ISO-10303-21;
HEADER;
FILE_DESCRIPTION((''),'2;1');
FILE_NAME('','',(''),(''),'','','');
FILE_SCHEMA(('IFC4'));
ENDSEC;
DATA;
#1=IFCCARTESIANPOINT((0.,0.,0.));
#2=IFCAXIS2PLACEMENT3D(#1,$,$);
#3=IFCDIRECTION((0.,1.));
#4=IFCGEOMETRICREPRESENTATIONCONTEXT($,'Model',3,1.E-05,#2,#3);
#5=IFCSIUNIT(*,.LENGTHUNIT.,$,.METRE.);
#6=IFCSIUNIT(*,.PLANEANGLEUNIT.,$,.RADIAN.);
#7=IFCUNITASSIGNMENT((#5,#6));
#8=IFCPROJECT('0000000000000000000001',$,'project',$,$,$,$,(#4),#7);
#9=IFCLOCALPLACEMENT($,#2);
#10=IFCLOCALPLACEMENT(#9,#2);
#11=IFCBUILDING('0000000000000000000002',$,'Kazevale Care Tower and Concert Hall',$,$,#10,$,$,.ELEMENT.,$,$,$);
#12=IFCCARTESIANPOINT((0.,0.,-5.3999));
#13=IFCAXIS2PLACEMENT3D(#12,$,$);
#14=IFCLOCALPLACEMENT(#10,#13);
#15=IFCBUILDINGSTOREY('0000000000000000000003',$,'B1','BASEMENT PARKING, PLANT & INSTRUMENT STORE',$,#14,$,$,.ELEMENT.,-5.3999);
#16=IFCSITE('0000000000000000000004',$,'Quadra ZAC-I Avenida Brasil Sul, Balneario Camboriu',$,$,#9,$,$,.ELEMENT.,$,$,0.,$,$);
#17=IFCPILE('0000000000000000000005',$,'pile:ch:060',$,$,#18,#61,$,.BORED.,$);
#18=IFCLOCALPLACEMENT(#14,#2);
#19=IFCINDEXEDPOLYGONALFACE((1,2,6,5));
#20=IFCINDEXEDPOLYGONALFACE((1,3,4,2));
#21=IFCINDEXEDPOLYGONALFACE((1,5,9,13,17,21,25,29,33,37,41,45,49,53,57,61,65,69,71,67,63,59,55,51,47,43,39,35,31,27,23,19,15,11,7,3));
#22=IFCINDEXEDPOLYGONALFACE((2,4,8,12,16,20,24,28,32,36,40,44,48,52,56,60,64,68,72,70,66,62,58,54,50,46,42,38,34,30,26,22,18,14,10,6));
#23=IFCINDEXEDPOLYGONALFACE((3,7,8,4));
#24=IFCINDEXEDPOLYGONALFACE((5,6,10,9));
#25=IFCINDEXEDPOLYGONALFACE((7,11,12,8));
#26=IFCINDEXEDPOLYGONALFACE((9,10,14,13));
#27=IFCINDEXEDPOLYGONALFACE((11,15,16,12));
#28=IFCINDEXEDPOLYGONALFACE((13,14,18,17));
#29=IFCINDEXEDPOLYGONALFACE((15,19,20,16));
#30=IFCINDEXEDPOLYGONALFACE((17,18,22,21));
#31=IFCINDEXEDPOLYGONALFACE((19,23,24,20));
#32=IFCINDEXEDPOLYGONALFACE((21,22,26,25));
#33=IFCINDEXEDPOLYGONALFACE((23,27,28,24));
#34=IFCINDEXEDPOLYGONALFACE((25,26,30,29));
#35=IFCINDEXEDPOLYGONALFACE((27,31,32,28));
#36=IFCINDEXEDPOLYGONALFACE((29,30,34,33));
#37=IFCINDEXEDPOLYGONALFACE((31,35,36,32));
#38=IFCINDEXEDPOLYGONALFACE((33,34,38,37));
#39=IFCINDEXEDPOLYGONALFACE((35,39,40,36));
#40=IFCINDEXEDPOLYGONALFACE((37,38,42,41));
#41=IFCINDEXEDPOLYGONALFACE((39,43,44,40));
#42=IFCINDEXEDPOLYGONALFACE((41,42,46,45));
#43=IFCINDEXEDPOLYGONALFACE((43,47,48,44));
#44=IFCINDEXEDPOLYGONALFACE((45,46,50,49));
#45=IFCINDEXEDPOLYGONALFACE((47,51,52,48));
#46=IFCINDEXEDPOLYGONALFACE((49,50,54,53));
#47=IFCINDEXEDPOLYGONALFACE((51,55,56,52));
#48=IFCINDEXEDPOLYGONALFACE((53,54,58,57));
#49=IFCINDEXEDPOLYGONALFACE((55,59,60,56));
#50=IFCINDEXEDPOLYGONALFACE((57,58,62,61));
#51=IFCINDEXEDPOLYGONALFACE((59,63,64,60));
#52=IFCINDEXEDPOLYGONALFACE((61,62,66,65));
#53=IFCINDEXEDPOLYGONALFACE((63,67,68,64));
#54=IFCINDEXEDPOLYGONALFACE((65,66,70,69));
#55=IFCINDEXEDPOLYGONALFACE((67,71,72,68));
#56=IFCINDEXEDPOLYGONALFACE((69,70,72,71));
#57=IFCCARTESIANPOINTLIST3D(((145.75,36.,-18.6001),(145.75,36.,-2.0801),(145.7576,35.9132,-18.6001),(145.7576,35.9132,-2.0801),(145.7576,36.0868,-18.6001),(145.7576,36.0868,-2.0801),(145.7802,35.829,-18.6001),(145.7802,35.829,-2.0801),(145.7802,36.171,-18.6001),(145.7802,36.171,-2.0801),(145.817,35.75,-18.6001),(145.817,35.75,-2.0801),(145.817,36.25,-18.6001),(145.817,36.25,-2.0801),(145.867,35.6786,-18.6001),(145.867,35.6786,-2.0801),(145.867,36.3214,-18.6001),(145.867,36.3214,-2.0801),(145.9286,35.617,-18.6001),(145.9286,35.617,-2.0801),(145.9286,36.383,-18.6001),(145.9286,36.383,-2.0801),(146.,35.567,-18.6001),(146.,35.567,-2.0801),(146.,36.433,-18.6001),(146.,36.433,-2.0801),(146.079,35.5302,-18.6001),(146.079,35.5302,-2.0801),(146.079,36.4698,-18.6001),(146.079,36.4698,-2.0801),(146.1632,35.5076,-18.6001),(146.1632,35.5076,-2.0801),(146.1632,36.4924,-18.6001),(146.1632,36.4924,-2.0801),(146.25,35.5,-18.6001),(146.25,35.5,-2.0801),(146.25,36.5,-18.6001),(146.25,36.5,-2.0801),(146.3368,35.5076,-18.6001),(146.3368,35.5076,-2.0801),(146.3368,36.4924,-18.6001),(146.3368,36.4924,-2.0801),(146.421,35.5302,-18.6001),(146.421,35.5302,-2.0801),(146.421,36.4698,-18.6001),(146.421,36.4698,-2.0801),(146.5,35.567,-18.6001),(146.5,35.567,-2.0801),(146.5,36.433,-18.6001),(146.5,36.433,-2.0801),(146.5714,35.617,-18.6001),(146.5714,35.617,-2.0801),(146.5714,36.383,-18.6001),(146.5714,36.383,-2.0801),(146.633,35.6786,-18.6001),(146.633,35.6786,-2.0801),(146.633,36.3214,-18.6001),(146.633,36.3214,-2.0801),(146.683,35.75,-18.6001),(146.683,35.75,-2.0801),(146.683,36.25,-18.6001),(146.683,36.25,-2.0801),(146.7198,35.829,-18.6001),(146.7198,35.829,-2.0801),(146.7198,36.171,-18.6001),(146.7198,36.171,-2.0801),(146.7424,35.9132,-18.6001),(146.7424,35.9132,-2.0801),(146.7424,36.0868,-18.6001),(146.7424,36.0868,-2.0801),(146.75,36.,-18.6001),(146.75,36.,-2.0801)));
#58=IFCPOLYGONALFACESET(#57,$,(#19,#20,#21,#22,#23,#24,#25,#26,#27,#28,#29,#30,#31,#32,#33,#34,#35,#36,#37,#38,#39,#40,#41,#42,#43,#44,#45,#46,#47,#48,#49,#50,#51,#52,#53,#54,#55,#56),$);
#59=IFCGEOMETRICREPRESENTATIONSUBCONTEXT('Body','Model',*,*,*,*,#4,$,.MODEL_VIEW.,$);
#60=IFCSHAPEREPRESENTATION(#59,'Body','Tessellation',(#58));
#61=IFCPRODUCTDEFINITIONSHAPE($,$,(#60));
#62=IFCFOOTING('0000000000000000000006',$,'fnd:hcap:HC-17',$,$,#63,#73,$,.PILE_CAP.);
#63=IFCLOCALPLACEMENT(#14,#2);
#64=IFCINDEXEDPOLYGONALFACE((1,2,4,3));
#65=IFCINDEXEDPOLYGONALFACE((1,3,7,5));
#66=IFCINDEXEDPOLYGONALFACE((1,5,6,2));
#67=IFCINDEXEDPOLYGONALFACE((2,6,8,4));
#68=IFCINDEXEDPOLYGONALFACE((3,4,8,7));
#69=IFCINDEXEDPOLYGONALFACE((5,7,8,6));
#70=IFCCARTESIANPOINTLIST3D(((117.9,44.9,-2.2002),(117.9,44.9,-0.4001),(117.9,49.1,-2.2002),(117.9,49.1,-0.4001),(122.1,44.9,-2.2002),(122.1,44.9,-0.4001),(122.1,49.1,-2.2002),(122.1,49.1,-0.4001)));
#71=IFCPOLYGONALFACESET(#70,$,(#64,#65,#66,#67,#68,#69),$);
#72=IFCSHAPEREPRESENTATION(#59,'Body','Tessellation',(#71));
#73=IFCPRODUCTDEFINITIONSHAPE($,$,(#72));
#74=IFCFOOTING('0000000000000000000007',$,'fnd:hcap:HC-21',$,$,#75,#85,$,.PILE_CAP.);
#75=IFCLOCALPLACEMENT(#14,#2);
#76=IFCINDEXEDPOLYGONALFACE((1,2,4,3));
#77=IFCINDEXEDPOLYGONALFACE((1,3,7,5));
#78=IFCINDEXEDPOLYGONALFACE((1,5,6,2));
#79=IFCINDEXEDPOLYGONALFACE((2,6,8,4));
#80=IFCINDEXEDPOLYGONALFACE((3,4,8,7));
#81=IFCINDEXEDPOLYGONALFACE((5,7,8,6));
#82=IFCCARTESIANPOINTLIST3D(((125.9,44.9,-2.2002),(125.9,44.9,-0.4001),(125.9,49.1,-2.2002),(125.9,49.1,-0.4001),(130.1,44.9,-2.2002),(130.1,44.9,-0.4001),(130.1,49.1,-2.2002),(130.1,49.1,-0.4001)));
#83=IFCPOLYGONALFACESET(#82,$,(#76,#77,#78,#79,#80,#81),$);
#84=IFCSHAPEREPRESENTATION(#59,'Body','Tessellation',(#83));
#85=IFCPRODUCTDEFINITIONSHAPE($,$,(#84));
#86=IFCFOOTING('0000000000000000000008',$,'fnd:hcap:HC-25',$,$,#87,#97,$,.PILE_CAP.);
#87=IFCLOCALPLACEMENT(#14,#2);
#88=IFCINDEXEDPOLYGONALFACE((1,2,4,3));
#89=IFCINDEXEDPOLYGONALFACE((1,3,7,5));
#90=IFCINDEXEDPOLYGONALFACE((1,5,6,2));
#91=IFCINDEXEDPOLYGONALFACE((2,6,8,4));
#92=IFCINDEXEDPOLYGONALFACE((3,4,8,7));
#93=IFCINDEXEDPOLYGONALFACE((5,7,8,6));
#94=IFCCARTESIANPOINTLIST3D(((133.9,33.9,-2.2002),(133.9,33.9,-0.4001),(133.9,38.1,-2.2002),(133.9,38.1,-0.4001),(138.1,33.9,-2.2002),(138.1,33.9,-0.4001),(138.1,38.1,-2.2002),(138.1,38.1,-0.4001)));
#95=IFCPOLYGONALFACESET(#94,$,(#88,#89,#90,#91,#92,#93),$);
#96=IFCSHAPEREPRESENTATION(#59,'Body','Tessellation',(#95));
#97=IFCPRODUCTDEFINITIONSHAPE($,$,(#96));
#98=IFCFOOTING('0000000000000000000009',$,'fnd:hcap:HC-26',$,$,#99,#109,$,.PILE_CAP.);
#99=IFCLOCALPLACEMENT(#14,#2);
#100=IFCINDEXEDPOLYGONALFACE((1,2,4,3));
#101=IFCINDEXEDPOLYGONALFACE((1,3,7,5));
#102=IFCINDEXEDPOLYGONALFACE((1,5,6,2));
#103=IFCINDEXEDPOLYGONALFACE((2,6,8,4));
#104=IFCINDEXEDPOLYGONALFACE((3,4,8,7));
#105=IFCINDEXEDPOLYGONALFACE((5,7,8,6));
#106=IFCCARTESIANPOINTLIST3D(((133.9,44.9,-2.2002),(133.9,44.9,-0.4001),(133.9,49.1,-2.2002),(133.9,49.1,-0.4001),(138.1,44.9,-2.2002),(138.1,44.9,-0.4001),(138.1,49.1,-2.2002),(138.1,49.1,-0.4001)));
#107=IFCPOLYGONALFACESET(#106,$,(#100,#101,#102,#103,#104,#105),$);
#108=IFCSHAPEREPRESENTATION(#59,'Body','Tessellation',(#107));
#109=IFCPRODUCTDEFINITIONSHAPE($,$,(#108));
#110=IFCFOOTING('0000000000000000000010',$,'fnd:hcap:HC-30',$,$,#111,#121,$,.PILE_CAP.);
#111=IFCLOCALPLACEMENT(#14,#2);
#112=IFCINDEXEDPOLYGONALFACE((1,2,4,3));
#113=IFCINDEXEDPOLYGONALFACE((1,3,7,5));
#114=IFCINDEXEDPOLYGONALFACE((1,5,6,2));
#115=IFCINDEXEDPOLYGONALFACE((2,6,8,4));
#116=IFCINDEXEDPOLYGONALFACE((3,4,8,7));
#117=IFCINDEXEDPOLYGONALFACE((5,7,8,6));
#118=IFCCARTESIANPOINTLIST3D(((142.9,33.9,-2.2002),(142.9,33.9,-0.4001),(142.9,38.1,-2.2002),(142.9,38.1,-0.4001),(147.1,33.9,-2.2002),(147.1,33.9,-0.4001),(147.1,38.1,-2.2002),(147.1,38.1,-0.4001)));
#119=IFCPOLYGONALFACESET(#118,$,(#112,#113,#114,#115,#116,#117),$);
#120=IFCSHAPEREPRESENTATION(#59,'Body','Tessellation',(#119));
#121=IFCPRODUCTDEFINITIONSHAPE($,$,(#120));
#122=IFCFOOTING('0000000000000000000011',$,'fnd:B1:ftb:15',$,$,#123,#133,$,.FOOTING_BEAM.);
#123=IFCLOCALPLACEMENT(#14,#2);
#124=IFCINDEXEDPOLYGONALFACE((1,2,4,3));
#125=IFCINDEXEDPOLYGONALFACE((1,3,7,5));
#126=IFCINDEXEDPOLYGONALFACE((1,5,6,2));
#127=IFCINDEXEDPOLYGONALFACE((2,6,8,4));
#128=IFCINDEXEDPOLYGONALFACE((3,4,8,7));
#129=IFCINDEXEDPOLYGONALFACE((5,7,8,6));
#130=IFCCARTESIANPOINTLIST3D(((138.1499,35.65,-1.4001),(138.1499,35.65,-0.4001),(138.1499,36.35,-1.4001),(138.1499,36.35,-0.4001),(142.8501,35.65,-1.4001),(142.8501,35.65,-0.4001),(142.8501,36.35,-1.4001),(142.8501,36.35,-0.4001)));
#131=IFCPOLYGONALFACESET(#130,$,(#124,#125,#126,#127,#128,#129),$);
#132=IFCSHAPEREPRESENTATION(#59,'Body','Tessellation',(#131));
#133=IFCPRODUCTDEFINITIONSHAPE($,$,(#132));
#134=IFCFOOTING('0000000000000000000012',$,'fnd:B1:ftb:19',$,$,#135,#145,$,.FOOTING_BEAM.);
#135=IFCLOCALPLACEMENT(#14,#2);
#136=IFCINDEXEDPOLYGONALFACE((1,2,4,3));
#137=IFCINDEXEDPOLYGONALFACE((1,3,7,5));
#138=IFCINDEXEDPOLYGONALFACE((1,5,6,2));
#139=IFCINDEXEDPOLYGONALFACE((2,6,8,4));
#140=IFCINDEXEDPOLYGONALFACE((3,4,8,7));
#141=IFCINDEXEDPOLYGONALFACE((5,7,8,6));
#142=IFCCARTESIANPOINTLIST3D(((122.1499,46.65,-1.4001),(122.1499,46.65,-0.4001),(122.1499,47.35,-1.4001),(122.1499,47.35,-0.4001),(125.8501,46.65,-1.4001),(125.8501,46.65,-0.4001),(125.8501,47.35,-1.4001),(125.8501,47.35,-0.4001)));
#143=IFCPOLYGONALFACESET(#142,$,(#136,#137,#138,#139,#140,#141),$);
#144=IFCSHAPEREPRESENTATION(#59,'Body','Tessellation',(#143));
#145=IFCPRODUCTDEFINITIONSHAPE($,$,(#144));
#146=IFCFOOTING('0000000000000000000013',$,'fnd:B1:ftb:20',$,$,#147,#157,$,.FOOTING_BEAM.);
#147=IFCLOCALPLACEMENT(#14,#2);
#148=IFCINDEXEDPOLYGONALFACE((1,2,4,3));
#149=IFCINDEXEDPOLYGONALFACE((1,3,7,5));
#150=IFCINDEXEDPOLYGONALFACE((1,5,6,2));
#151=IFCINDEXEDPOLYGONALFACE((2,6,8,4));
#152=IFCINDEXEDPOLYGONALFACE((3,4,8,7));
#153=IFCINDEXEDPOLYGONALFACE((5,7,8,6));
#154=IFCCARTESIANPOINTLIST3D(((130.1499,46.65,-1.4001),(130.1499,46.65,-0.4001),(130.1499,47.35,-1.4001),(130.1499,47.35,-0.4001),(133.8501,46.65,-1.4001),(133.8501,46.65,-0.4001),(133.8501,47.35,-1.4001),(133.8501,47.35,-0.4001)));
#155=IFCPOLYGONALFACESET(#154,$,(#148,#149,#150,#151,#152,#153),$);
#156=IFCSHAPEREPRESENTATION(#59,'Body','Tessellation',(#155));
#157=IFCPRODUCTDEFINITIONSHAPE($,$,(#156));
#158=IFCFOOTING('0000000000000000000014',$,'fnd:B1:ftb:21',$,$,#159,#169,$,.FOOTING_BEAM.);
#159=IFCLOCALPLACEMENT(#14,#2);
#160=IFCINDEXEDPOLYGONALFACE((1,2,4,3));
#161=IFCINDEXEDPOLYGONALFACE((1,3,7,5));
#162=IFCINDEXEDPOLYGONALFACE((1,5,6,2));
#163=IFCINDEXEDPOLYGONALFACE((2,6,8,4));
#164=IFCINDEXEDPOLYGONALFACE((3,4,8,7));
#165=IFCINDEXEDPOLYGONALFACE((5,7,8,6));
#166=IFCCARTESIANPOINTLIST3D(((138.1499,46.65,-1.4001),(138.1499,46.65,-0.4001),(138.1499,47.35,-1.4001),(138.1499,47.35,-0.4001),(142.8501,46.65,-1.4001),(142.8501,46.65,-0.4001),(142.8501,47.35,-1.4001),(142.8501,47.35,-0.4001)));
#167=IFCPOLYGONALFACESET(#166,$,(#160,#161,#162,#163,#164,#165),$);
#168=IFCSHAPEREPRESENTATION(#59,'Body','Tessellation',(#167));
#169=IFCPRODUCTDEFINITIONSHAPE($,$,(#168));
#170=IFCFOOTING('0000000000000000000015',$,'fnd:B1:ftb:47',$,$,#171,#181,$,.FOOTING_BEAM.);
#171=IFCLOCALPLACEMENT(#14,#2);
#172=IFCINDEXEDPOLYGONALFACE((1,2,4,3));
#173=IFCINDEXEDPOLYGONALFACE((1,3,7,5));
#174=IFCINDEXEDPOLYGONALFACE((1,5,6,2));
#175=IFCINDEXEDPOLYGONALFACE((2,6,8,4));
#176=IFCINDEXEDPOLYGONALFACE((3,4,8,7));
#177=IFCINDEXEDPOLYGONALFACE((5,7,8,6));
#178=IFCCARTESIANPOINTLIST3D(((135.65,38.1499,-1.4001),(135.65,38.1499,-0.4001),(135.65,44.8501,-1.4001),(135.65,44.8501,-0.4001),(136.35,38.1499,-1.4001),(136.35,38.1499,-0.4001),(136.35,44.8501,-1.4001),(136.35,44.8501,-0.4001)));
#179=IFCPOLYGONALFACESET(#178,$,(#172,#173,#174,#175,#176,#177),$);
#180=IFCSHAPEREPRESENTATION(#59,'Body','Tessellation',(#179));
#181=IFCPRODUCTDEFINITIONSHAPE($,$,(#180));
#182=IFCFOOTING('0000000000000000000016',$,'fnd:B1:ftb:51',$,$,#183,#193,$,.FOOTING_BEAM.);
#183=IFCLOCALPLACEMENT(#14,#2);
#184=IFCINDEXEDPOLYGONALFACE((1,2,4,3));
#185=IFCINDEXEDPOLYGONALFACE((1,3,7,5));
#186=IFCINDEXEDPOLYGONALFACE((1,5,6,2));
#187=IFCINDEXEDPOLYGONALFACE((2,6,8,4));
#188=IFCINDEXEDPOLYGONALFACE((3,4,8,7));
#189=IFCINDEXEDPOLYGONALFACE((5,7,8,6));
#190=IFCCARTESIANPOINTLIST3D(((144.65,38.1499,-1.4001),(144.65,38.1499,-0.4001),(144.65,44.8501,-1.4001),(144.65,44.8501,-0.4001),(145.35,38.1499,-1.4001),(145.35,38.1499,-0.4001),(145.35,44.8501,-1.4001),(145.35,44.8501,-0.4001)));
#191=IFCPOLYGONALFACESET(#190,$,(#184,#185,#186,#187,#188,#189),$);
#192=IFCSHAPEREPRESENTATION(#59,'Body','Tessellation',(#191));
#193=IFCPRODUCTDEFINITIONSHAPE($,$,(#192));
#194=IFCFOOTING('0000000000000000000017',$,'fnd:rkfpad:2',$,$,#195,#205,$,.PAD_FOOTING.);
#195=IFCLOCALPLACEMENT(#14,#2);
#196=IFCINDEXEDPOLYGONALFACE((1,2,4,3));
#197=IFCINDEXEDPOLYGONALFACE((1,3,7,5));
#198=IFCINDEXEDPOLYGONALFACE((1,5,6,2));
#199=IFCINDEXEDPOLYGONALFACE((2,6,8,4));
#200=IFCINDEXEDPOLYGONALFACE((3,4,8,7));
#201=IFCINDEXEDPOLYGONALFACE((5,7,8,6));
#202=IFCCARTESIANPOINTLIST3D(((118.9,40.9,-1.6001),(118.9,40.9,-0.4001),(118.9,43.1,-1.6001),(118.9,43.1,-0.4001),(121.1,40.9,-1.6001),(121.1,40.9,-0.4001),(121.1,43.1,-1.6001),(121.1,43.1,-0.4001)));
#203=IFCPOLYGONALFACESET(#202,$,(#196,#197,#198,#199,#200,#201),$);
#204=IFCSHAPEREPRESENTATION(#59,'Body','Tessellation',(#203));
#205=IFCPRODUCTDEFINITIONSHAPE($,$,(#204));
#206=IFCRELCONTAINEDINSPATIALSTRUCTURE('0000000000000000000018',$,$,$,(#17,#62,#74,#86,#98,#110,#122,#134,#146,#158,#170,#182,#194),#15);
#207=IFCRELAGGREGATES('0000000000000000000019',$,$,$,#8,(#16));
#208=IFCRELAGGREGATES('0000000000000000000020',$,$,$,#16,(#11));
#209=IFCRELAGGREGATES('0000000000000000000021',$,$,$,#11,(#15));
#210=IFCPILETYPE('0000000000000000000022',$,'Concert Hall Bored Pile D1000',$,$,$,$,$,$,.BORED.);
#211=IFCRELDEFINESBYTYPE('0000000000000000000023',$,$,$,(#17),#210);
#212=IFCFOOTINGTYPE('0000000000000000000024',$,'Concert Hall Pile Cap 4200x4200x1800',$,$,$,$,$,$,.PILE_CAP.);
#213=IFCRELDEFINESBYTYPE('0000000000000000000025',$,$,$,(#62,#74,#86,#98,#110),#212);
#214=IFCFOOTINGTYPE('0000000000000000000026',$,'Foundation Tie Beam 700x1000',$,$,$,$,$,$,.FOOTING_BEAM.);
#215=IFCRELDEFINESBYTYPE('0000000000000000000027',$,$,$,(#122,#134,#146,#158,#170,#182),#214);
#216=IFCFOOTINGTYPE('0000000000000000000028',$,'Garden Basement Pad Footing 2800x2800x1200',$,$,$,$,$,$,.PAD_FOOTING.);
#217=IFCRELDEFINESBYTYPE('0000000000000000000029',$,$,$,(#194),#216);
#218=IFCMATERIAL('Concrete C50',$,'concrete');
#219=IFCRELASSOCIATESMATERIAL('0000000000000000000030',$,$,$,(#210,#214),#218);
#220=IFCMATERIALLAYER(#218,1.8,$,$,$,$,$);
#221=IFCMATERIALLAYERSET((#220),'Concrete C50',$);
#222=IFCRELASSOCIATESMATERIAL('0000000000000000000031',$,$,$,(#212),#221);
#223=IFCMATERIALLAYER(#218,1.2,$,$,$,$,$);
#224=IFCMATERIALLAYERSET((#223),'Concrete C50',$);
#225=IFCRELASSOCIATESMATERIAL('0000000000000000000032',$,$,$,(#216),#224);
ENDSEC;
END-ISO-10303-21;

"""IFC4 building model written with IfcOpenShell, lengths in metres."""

from ifc_helpers import new_model, si_unit, direction, frame, frame_2d, origin, origin_2d, place, context, subcontext, project, spatial, rectangle, circle, extrude, material, layer, layer_set, material_profile, profile_set, type_object, element, save


model = new_model("IFC4")

# Units and contexts
model_context = context("Model", 3, precision=1e-05, world=origin(), true_north=direction((0.0, 1.0)))
body_context = subcontext(model_context, "Body", "Model", "MODEL_VIEW")
ifc_project = project(units=[si_unit("LENGTHUNIT", "METRE"), si_unit("PLANEANGLEUNIT", "RADIAN")], contexts=[model_context])

# Site, building, storey
site_placement = place(None, origin())
site = spatial("IfcSite", under=ifc_project, at=site_placement, Name="Quadra ZAC-I Avenida Brasil Sul, Balneario Camboriu", CompositionType="ELEMENT", RefElevation=0.0)
building_placement = place(site_placement, origin())
building = spatial("IfcBuilding", under=site, at=building_placement, Name="Kazevale Care Tower and Concert Hall", CompositionType="ELEMENT")
storey_placement = place(building_placement, frame((0.0, 0.0, -5.3999)))
storey = spatial("IfcBuildingStorey", under=building, at=storey_placement, Name="B1", Description="BASEMENT PARKING, PLANT & INSTRUMENT STORE", CompositionType="ELEMENT", Elevation=-5.3999)

# Pile
ifc_material_1 = material(Name="Concrete C50", Category="concrete")
ifc_material_profile_1 = material_profile(ifc_material_1, circle(Radius=0.5, at=origin_2d()), Name="PILE-D1000")
ifc_profile_set_1 = profile_set([ifc_material_profile_1], Name="Concrete C50")
pile_type = type_object("IfcPileType", Name="Concert Hall Bored Pile D1000", PredefinedType="BORED", material=ifc_profile_set_1)
for number, where, z_axis, x_axis, name in (
    (1, (146.25, 36.0, -2.0801), (0.0, 0.0, -1.0), (1.0, 0.0, 0.0), "pile:ch:060"),
):
    element("IfcPile", number, at=place(storey_placement, frame(where, z_axis=z_axis, x_axis=x_axis)), inside=storey, type_object=pile_type, Name=name, PredefinedType="BORED", context=body_context, shape_type="SweptSolid", body=[
        extrude(circle(Radius=0.5, at=origin_2d()), origin(), (0.0, 0.0, 1.0), 16.52),
    ])

# Footings
ifc_layer_1 = layer(ifc_material_1, 1.8)
ifc_layer_set_1 = layer_set([ifc_layer_1], Name="Concrete C50")
footing_type_1 = type_object("IfcFootingType", Name="Concert Hall Pile Cap 4200x4200x1800", PredefinedType="PILE_CAP", material=ifc_layer_set_1)
for number, where, z_axis, x_axis, name in (
    (2, (120.0, 47.0, -2.2002), (0.0, 0.0, 1.0), (1.0, 0.0, 0.0), "fnd:hcap:HC-17"),
    (3, (128.0, 47.0, -2.2002), (0.0, 0.0, 1.0), (1.0, 0.0, 0.0), "fnd:hcap:HC-21"),
    (4, (136.0, 36.0, -2.2002), (0.0, 0.0, 1.0), (1.0, 0.0, 0.0), "fnd:hcap:HC-25"),
    (5, (136.0, 47.0, -2.2002), (0.0, 0.0, 1.0), (1.0, 0.0, 0.0), "fnd:hcap:HC-26"),
    (6, (145.0, 36.0, -2.2002), (0.0, 0.0, 1.0), (1.0, 0.0, 0.0), "fnd:hcap:HC-30"),
):
    element("IfcFooting", number, at=place(storey_placement, frame(where, z_axis=z_axis, x_axis=x_axis)), inside=storey, type_object=footing_type_1, Name=name, PredefinedType="PILE_CAP", context=body_context, shape_type="SweptSolid", body=[
        extrude(rectangle(XDim=4.2, YDim=4.2, at=origin_2d()), origin(), (0.0, 0.0, 1.0), 1.8),
    ])
ifc_material_profile_2 = material_profile(ifc_material_1, rectangle(XDim=0.7, YDim=1.0, at=origin_2d()), Name="RC-GB700x1000")
ifc_profile_set_2 = profile_set([ifc_material_profile_2], Name="Concrete C50")
footing_type_2 = type_object("IfcFootingType", Name="Foundation Tie Beam 700x1000", PredefinedType="FOOTING_BEAM", material=ifc_profile_set_2)
footing_1_placement = place(storey_placement, frame((138.1499, 36.0, -1.4001), z_axis=(0.0, 0.0, 1.0), x_axis=(1.0, 0.0, 0.0)))
element("IfcFooting", 7, at=footing_1_placement, inside=storey, type_object=footing_type_2, Name="fnd:B1:ftb:15", PredefinedType="FOOTING_BEAM", context=body_context, shape_type="SweptSolid", body=[
    extrude(rectangle(XDim=4.7002, YDim=0.7, at=frame_2d((2.3501, 0.0))), origin(), (0.0, 0.0, 1.0), 1.0),
])
for number, where, z_axis, x_axis, name in (
    (8, (122.1499, 47.0, -1.4001), (0.0, 0.0, 1.0), (1.0, 0.0, 0.0), "fnd:B1:ftb:19"),
    (9, (130.1499, 47.0, -1.4001), (0.0, 0.0, 1.0), (1.0, 0.0, 0.0), "fnd:B1:ftb:20"),
):
    element("IfcFooting", number, at=place(storey_placement, frame(where, z_axis=z_axis, x_axis=x_axis)), inside=storey, type_object=footing_type_2, Name=name, PredefinedType="FOOTING_BEAM", context=body_context, shape_type="SweptSolid", body=[
        extrude(rectangle(XDim=3.7002, YDim=0.7, at=frame_2d((1.8501, 0.0))), origin(), (0.0, 0.0, 1.0), 1.0),
    ])
footing_2_placement = place(storey_placement, frame((138.1499, 47.0, -1.4001), z_axis=(0.0, 0.0, 1.0), x_axis=(1.0, 0.0, 0.0)))
element("IfcFooting", 10, at=footing_2_placement, inside=storey, type_object=footing_type_2, Name="fnd:B1:ftb:21", PredefinedType="FOOTING_BEAM", context=body_context, shape_type="SweptSolid", body=[
    extrude(rectangle(XDim=4.7002, YDim=0.7, at=frame_2d((2.3501, 0.0))), origin(), (0.0, 0.0, 1.0), 1.0),
])
for number, where, z_axis, x_axis, name in (
    (11, (136.0, 38.1499, -1.4001), (0.0, 0.0, 1.0), (0.0, 1.0, 0.0), "fnd:B1:ftb:47"),
    (12, (145.0, 38.1499, -1.4001), (0.0, 0.0, 1.0), (0.0, 1.0, 0.0), "fnd:B1:ftb:51"),
):
    element("IfcFooting", number, at=place(storey_placement, frame(where, z_axis=z_axis, x_axis=x_axis)), inside=storey, type_object=footing_type_2, Name=name, PredefinedType="FOOTING_BEAM", context=body_context, shape_type="SweptSolid", body=[
        extrude(rectangle(XDim=6.7002, YDim=0.7, at=frame_2d((3.3501, 0.0))), origin(), (0.0, 0.0, 1.0), 1.0),
    ])
ifc_layer_2 = layer(ifc_material_1, 1.2)
ifc_layer_set_2 = layer_set([ifc_layer_2], Name="Concrete C50")
footing_type_3 = type_object("IfcFootingType", Name="Garden Basement Pad Footing 2800x2800x1200", PredefinedType="PAD_FOOTING", material=ifc_layer_set_2)
footing_3_placement = place(storey_placement, frame((120.0, 42.0, -1.6001), z_axis=(0.0, 0.0, 1.0), x_axis=(1.0, 0.0, 0.0)))
element("IfcFooting", 13, at=footing_3_placement, inside=storey, type_object=footing_type_3, Name="fnd:rkfpad:2", PredefinedType="PAD_FOOTING", context=body_context, shape_type="SweptSolid", body=[
    extrude(rectangle(XDim=2.2, YDim=2.2, at=origin_2d()), origin(), (0.0, 0.0, 1.0), 1.2),
])

save(model, "model.ifc")
